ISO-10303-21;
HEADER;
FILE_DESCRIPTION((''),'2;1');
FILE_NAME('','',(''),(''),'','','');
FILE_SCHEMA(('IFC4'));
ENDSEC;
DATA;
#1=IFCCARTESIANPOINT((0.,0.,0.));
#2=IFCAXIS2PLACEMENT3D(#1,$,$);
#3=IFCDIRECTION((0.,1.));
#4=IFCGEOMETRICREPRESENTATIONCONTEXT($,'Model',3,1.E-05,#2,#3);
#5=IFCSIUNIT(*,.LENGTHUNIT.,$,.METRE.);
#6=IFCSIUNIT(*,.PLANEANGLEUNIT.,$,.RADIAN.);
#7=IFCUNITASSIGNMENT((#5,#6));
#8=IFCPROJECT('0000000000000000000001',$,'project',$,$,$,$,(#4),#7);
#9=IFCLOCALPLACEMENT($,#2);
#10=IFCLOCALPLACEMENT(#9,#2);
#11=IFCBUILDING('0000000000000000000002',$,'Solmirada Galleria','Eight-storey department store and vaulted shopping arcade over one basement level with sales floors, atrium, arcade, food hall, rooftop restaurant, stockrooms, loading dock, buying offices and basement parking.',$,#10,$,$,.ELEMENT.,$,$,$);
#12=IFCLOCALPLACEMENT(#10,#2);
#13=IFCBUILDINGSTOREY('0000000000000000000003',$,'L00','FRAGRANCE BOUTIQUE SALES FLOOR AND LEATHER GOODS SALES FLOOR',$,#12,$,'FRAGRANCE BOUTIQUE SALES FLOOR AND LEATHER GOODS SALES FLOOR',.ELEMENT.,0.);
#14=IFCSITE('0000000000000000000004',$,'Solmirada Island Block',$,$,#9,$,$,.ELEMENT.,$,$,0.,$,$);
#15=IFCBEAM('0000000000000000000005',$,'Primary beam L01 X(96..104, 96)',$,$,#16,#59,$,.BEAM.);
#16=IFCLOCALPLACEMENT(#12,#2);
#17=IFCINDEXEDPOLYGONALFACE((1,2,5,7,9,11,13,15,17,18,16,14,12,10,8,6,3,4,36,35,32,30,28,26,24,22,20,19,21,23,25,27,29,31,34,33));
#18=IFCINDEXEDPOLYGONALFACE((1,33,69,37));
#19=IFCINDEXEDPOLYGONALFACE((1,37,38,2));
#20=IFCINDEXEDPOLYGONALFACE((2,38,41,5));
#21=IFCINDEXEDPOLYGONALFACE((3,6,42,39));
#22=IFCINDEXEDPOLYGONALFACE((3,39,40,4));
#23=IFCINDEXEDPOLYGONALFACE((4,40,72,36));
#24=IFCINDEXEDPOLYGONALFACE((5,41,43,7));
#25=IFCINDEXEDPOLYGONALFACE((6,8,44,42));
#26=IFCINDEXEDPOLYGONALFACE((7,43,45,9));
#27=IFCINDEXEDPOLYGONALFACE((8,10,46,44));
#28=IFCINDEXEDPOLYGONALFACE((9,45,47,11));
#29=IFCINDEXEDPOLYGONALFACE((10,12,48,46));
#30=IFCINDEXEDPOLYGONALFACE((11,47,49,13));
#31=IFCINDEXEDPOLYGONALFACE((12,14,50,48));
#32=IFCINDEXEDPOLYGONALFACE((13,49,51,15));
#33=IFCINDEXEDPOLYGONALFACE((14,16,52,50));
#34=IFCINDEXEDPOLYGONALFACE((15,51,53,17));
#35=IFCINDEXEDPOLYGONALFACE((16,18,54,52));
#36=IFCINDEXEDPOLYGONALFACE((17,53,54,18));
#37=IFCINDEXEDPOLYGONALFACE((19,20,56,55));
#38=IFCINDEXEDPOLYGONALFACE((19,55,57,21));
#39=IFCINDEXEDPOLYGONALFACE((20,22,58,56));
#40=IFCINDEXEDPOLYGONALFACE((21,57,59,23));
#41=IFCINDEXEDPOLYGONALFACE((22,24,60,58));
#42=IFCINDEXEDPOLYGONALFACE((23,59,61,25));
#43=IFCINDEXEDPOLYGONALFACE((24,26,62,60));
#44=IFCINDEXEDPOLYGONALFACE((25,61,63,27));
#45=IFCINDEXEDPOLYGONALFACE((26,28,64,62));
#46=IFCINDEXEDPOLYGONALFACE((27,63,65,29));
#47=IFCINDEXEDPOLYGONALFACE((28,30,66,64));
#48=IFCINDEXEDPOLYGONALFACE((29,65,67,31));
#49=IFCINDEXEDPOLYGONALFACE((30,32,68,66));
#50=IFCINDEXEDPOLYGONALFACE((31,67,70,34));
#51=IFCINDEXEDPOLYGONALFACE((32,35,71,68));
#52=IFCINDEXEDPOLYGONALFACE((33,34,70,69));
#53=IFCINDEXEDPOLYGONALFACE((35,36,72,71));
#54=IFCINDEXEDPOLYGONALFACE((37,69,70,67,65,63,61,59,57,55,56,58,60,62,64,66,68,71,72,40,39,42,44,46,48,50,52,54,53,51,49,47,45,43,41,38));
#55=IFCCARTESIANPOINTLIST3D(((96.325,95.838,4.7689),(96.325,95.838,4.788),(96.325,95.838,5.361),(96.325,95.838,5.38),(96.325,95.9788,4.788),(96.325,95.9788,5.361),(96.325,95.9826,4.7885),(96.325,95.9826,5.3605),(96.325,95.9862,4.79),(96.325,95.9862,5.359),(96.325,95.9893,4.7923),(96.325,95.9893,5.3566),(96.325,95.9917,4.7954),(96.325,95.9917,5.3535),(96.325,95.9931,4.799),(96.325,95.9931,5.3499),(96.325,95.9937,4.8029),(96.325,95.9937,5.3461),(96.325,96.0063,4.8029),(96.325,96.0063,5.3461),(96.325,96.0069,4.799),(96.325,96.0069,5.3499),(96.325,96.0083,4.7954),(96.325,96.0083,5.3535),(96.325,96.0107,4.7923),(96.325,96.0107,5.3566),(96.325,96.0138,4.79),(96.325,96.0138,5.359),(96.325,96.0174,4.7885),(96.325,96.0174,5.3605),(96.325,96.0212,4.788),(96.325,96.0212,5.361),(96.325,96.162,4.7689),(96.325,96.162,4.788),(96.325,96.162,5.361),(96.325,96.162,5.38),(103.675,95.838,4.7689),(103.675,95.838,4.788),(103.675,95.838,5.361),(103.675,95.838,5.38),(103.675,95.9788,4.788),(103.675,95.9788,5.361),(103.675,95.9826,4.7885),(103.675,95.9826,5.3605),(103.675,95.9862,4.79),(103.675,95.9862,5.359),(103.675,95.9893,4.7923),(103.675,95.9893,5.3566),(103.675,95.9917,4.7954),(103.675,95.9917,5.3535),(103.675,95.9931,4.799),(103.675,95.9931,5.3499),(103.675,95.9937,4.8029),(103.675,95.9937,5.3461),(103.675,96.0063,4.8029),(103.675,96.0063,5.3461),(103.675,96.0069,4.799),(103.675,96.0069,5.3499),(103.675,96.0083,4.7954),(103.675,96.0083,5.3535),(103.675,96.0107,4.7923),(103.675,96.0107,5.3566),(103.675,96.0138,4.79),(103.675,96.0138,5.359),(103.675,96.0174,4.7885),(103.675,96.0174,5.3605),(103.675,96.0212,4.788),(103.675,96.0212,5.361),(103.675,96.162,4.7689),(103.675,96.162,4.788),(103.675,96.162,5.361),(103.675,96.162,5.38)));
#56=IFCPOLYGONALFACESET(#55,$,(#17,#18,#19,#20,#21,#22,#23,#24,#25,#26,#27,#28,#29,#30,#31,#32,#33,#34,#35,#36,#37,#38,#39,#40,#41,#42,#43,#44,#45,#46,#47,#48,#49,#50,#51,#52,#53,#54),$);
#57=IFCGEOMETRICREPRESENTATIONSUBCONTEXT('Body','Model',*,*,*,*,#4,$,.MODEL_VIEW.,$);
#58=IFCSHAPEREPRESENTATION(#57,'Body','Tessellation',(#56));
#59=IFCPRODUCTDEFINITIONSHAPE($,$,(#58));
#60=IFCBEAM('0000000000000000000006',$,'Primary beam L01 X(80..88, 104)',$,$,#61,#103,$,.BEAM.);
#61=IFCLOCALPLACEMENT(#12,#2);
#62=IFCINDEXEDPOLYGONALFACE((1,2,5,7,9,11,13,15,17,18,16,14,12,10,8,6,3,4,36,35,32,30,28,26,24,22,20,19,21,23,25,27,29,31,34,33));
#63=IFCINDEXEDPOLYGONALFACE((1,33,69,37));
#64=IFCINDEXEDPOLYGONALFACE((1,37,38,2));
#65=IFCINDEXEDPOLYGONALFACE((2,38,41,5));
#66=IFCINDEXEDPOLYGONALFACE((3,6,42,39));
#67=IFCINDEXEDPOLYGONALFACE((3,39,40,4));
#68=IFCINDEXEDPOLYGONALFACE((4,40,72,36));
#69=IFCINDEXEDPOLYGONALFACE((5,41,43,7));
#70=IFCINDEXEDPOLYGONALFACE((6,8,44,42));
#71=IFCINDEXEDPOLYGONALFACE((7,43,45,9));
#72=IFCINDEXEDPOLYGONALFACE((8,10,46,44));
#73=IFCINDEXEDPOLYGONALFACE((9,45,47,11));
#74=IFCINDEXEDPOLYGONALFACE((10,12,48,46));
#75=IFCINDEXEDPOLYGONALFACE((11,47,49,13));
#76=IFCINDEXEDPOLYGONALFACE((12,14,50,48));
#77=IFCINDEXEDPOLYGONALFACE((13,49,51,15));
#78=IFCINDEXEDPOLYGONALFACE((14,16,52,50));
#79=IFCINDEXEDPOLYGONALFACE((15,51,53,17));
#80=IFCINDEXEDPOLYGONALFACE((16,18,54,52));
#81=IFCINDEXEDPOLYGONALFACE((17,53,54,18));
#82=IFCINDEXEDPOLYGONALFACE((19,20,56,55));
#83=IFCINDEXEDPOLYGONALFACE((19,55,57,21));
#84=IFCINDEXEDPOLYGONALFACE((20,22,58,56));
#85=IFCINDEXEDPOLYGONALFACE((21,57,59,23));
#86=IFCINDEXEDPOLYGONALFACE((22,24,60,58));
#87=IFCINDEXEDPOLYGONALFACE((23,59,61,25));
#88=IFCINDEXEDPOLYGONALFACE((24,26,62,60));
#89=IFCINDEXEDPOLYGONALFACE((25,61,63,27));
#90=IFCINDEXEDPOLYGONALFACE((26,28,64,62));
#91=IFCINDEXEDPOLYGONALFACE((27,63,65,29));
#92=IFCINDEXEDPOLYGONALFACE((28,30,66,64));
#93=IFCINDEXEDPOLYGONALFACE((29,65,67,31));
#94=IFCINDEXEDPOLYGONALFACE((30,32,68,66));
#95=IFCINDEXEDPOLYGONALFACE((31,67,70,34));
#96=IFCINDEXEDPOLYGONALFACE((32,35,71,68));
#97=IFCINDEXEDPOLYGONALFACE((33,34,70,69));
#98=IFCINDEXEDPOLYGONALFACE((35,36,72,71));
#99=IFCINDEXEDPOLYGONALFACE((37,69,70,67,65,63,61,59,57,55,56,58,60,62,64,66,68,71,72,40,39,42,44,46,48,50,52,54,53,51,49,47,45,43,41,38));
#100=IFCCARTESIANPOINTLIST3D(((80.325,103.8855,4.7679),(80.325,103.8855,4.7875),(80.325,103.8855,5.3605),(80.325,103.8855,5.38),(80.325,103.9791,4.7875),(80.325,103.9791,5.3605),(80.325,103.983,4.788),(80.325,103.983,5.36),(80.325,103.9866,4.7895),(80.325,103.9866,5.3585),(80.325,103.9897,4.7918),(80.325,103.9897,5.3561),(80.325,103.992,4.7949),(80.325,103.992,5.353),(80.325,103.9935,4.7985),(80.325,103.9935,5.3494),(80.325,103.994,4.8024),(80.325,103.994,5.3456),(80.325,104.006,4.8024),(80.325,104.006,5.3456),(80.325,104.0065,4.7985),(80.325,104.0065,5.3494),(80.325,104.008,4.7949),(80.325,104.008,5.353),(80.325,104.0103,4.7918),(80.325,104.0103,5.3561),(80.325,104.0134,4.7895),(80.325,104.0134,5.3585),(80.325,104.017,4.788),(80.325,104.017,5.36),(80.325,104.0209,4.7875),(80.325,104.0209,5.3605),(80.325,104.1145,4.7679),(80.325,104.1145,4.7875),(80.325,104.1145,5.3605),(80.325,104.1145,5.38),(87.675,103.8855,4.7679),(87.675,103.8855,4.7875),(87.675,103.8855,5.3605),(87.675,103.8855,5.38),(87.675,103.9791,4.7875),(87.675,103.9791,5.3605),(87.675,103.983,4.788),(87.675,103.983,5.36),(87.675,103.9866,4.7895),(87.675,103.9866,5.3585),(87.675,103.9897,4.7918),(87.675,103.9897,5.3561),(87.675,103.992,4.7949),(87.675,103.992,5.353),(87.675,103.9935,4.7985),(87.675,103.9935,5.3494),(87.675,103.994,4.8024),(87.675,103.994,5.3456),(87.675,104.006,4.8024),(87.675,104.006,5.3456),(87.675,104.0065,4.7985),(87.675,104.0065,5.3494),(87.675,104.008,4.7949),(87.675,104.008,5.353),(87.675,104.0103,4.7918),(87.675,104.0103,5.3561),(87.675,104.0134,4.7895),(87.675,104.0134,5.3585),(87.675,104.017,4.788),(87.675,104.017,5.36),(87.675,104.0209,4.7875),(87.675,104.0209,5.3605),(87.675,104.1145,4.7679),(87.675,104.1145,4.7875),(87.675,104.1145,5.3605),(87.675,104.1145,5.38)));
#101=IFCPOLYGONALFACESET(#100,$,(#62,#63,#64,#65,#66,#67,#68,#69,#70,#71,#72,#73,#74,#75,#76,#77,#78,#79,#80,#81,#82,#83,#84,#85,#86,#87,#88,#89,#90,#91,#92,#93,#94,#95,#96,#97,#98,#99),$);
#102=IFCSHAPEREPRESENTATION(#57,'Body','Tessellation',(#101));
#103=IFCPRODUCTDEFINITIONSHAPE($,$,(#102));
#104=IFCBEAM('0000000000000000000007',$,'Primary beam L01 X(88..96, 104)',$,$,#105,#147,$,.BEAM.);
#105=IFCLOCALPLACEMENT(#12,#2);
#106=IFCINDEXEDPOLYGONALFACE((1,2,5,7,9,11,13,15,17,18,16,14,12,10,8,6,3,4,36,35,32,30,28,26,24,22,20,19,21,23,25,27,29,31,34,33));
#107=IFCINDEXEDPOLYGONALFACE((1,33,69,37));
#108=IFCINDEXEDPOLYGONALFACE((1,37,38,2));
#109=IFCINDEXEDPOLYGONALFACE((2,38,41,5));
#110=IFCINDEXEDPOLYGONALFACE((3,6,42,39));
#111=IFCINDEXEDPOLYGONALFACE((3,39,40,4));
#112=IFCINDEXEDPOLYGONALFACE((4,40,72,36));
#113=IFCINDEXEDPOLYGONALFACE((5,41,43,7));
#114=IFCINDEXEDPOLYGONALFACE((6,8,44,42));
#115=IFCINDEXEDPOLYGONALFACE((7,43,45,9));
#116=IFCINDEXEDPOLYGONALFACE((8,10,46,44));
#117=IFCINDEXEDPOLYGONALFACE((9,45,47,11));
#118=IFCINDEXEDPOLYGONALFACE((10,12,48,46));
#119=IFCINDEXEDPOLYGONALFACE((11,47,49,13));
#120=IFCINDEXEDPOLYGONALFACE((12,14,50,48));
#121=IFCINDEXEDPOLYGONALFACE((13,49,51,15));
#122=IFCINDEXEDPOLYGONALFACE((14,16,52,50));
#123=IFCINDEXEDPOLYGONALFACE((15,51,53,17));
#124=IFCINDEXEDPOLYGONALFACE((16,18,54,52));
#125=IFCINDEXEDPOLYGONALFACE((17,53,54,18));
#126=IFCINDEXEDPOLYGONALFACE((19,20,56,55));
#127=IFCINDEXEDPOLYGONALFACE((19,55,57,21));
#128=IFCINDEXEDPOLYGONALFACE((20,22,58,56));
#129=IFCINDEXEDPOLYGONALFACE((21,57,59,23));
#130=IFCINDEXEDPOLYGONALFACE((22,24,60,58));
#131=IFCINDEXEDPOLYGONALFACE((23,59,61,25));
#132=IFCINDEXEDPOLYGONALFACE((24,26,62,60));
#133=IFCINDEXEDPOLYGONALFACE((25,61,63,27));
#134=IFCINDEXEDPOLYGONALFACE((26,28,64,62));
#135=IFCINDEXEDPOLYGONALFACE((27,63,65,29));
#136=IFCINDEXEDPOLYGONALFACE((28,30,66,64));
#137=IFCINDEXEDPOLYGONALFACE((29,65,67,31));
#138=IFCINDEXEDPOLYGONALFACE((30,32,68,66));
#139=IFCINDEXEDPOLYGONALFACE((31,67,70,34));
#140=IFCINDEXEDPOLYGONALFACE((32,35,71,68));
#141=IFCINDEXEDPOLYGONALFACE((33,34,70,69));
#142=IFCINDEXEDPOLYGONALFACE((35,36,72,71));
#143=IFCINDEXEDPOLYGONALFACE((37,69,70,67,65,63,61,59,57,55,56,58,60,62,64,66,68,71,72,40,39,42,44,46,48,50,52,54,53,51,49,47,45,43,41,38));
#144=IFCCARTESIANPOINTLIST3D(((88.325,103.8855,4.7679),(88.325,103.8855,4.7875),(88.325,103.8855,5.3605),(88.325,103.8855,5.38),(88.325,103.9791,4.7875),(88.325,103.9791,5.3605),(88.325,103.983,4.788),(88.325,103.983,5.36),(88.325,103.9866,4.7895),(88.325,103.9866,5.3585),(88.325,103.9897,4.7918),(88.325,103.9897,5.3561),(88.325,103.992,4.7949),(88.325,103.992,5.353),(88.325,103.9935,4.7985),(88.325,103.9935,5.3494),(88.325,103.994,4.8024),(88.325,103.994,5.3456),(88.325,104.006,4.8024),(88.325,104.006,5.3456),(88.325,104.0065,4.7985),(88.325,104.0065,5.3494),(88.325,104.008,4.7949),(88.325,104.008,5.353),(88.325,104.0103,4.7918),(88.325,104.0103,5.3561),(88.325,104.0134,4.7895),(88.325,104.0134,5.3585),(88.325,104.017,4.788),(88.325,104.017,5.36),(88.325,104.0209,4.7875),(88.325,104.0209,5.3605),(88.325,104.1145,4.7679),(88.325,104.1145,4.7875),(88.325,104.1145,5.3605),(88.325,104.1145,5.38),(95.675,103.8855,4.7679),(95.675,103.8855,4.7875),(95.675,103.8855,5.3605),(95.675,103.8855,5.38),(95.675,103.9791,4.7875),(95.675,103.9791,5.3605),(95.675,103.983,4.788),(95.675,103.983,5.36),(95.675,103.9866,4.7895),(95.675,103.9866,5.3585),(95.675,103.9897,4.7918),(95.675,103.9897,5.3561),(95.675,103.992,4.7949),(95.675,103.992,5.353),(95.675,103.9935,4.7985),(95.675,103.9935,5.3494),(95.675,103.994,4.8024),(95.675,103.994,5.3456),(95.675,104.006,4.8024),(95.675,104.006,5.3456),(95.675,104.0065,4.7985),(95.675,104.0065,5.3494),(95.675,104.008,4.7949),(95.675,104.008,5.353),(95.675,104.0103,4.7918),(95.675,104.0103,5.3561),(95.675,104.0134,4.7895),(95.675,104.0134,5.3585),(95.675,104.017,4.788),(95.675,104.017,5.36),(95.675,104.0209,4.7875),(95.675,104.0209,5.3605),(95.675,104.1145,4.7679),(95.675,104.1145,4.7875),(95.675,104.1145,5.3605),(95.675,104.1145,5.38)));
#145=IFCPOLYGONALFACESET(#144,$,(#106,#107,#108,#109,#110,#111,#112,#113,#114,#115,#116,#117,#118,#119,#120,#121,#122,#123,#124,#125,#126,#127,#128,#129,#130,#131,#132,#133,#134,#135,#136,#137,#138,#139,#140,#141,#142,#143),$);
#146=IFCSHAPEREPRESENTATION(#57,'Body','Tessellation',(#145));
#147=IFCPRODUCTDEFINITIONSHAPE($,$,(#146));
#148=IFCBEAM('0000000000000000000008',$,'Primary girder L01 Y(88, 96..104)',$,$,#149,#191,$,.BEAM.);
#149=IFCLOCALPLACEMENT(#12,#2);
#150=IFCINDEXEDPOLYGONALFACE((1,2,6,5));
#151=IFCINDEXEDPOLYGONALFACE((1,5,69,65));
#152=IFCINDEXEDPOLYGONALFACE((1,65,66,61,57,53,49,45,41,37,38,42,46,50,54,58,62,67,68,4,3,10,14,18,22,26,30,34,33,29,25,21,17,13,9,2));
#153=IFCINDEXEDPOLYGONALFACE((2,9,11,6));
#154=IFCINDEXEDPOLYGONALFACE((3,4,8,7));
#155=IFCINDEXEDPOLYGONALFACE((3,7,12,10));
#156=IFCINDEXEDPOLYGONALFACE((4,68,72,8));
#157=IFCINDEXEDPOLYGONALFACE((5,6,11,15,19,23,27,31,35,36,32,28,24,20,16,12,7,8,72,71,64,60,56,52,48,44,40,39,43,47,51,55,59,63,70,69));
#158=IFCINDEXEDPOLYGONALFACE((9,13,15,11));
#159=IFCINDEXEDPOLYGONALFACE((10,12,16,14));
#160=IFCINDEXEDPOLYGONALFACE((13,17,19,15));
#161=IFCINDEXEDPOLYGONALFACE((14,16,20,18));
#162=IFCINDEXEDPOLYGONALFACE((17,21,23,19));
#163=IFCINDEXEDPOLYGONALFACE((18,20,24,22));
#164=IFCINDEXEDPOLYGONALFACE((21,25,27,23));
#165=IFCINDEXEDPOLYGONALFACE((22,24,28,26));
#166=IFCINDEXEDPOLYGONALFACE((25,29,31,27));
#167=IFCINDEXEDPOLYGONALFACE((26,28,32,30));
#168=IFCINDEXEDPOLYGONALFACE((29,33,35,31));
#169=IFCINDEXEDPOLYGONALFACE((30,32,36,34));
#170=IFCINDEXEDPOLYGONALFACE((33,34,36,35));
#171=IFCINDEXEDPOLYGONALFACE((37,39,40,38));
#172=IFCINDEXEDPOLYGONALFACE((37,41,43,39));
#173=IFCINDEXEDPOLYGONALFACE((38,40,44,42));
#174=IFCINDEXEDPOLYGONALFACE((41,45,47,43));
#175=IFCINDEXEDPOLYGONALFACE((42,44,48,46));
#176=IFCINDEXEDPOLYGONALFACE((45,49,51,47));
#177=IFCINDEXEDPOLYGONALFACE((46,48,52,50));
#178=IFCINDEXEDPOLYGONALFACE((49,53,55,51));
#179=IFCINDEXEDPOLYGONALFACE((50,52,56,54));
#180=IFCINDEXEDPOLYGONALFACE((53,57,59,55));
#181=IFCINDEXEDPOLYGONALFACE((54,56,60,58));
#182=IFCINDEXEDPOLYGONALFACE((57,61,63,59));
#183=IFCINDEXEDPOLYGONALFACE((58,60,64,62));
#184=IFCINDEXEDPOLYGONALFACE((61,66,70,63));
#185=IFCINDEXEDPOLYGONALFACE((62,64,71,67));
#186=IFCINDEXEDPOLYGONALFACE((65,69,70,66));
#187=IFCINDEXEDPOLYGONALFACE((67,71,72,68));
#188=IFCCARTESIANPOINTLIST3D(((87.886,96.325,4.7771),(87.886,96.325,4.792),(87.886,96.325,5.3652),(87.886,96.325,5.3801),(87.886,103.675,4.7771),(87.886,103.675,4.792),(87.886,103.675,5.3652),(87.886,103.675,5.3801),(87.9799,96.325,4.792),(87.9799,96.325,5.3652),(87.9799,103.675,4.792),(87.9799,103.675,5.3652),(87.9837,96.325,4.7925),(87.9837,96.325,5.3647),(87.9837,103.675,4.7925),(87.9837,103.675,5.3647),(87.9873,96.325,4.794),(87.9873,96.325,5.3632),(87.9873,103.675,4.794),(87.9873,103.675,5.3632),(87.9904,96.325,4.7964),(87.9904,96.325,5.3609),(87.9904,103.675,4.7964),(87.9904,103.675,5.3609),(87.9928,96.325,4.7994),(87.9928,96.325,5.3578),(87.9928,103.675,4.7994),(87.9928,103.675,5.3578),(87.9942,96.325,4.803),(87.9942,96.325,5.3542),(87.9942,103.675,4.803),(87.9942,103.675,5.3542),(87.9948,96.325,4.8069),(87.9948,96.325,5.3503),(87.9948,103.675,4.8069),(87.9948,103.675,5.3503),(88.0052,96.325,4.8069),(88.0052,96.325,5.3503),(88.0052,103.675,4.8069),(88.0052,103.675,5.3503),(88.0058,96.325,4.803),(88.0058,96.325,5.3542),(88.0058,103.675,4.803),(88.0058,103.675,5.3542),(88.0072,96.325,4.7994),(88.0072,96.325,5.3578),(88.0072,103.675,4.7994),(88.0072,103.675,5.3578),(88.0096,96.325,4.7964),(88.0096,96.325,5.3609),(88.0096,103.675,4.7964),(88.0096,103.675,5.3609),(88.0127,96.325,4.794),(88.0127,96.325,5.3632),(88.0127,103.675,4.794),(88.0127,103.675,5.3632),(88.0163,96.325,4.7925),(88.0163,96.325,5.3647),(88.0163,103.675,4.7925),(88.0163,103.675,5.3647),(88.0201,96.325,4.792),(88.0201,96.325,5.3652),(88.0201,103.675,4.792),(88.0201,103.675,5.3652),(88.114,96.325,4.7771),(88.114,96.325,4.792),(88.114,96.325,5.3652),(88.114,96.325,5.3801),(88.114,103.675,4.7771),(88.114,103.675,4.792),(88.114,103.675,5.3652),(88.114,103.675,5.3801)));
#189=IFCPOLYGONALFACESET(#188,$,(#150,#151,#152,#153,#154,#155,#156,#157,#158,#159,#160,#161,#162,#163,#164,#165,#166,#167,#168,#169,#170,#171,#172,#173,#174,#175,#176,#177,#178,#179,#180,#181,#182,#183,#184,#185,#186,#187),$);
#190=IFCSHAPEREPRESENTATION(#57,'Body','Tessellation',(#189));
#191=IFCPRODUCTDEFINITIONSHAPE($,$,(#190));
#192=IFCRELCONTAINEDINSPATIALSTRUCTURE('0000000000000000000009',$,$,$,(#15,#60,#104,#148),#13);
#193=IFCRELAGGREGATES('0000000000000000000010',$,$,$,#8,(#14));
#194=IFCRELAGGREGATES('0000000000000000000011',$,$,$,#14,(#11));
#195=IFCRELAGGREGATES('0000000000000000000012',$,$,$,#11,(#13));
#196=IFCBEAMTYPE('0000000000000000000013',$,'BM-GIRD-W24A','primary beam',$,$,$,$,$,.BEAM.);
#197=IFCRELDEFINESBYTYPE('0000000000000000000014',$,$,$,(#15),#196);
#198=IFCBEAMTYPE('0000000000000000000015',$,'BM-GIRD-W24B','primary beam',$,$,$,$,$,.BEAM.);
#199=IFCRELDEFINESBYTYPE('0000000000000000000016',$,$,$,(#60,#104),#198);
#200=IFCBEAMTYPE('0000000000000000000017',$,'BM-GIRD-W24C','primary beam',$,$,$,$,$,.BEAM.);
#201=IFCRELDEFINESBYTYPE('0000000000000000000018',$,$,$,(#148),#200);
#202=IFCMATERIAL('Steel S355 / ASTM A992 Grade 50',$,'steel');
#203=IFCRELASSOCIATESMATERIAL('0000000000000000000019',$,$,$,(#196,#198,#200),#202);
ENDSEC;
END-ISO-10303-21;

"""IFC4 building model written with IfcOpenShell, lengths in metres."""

from ifc_helpers import new_model, si_unit, direction, frame, origin, origin_2d, place, context, subcontext, project, spatial, i_section, extrude, material, material_profile, profile_set, type_object, element, save


model = new_model("IFC4")

# Units and contexts
model_context = context("Model", 3, precision=1e-05, world=origin(), true_north=direction((0.0, 1.0)))
body_context = subcontext(model_context, "Body", "Model", "MODEL_VIEW")
ifc_project = project(units=[si_unit("LENGTHUNIT", "METRE"), si_unit("PLANEANGLEUNIT", "RADIAN")], contexts=[model_context])

# Site, building, storey
site_placement = place(None, origin())
site = spatial("IfcSite", under=ifc_project, at=site_placement, Name="Solmirada Island Block", CompositionType="ELEMENT", RefElevation=0.0)
building_placement = place(site_placement, origin())
building = spatial("IfcBuilding", under=site, at=building_placement, Name="Solmirada Galleria", Description="Eight-storey department store and vaulted shopping arcade over one basement level with sales floors, atrium, arcade, food hall, rooftop restaurant, stockrooms, loading dock, buying offices and basement parking.", CompositionType="ELEMENT")
storey_placement = place(building_placement, origin())
storey = spatial("IfcBuildingStorey", under=building, at=storey_placement, Name="L00", Description="FRAGRANCE BOUTIQUE SALES FLOOR AND LEATHER GOODS SALES FLOOR", LongName="FRAGRANCE BOUTIQUE SALES FLOOR AND LEATHER GOODS SALES FLOOR", CompositionType="ELEMENT", Elevation=0.0)

# Beams
ifc_material_1 = material(Name="Steel S355 / ASTM A992 Grade 50", Category="steel")
ifc_material_profile_1 = material_profile(ifc_material_1, i_section(OverallWidth=0.324, OverallDepth=0.6111, WebThickness=0.0127, FlangeThickness=0.019, FilletRadius=0.0149, at=origin_2d()), Name="W24X104")
ifc_profile_set_1 = profile_set([ifc_material_profile_1], Name="Steel S355 / ASTM A992 Grade 50")
beam_type_1 = type_object("IfcBeamType", Name="BM-GIRD-W24A", Description="primary beam", PredefinedType="BEAM", material=ifc_profile_set_1)
for number, where, z_axis, x_axis, name in (
    (1, (96.325, 96.0, 5.0745), (1.0, 0.0, 0.0), (0.0, 1.0, 0.0), "Primary beam L01 X(96..104, 96)"),
):
    element("IfcBeam", number, at=place(storey_placement, frame(where, z_axis=z_axis, x_axis=x_axis)), inside=storey, type_object=beam_type_1, Name=name, PredefinedType="BEAM", context=body_context, shape_type="SweptSolid", body=[
        extrude(i_section(OverallWidth=0.324, OverallDepth=0.6111, WebThickness=0.0127, FlangeThickness=0.019, FilletRadius=0.0149, at=origin_2d()), origin(), (0.0, 0.0, 1.0), 7.3501),
    ])
ifc_material_profile_2 = material_profile(ifc_material_1, i_section(OverallWidth=0.229, OverallDepth=0.6121, WebThickness=0.012, FlangeThickness=0.0195, FilletRadius=0.0149, at=origin_2d()), Name="W24X84")
ifc_profile_set_2 = profile_set([ifc_material_profile_2], Name="Steel S355 / ASTM A992 Grade 50")
beam_type_2 = type_object("IfcBeamType", Name="BM-GIRD-W24B", Description="primary beam", PredefinedType="BEAM", material=ifc_profile_set_2)
for number, where, z_axis, x_axis, name in (
    (2, (80.325, 104.0, 5.074), (1.0, 0.0, 0.0), (0.0, 1.0, 0.0), "Primary beam L01 X(80..88, 104)"),
    (3, (88.325, 104.0, 5.074), (1.0, 0.0, 0.0), (0.0, 1.0, 0.0), "Primary beam L01 X(88..96, 104)"),
):
    element("IfcBeam", number, at=place(storey_placement, frame(where, z_axis=z_axis, x_axis=x_axis)), inside=storey, type_object=beam_type_2, Name=name, PredefinedType="BEAM", context=body_context, shape_type="SweptSolid", body=[
        extrude(i_section(OverallWidth=0.229, OverallDepth=0.6121, WebThickness=0.012, FlangeThickness=0.0195, FilletRadius=0.0149, at=origin_2d()), origin(), (0.0, 0.0, 1.0), 7.3501),
    ])
ifc_material_profile_3 = material_profile(ifc_material_1, i_section(OverallWidth=0.228, OverallDepth=0.603, WebThickness=0.0105, FlangeThickness=0.0149, FilletRadius=0.0149, at=origin_2d()), Name="W24X68")
ifc_profile_set_3 = profile_set([ifc_material_profile_3], Name="Steel S355 / ASTM A992 Grade 50")
beam_type_3 = type_object("IfcBeamType", Name="BM-GIRD-W24C", Description="primary beam", PredefinedType="BEAM", material=ifc_profile_set_3)
beam_1_placement = place(storey_placement, frame((88.0, 96.325, 5.0786), z_axis=(0.0, 1.0, 0.0), x_axis=(-1.0, 0.0, 0.0)))
element("IfcBeam", 4, at=beam_1_placement, inside=storey, type_object=beam_type_3, Name="Primary girder L01 Y(88, 96..104)", PredefinedType="BEAM", context=body_context, shape_type="SweptSolid", body=[
    extrude(i_section(OverallWidth=0.228, OverallDepth=0.603, WebThickness=0.0105, FlangeThickness=0.0149, FilletRadius=0.0149, at=origin_2d()), origin(), (0.0, 0.0, 1.0), 7.3501),
])

save(model, "model.ifc")
